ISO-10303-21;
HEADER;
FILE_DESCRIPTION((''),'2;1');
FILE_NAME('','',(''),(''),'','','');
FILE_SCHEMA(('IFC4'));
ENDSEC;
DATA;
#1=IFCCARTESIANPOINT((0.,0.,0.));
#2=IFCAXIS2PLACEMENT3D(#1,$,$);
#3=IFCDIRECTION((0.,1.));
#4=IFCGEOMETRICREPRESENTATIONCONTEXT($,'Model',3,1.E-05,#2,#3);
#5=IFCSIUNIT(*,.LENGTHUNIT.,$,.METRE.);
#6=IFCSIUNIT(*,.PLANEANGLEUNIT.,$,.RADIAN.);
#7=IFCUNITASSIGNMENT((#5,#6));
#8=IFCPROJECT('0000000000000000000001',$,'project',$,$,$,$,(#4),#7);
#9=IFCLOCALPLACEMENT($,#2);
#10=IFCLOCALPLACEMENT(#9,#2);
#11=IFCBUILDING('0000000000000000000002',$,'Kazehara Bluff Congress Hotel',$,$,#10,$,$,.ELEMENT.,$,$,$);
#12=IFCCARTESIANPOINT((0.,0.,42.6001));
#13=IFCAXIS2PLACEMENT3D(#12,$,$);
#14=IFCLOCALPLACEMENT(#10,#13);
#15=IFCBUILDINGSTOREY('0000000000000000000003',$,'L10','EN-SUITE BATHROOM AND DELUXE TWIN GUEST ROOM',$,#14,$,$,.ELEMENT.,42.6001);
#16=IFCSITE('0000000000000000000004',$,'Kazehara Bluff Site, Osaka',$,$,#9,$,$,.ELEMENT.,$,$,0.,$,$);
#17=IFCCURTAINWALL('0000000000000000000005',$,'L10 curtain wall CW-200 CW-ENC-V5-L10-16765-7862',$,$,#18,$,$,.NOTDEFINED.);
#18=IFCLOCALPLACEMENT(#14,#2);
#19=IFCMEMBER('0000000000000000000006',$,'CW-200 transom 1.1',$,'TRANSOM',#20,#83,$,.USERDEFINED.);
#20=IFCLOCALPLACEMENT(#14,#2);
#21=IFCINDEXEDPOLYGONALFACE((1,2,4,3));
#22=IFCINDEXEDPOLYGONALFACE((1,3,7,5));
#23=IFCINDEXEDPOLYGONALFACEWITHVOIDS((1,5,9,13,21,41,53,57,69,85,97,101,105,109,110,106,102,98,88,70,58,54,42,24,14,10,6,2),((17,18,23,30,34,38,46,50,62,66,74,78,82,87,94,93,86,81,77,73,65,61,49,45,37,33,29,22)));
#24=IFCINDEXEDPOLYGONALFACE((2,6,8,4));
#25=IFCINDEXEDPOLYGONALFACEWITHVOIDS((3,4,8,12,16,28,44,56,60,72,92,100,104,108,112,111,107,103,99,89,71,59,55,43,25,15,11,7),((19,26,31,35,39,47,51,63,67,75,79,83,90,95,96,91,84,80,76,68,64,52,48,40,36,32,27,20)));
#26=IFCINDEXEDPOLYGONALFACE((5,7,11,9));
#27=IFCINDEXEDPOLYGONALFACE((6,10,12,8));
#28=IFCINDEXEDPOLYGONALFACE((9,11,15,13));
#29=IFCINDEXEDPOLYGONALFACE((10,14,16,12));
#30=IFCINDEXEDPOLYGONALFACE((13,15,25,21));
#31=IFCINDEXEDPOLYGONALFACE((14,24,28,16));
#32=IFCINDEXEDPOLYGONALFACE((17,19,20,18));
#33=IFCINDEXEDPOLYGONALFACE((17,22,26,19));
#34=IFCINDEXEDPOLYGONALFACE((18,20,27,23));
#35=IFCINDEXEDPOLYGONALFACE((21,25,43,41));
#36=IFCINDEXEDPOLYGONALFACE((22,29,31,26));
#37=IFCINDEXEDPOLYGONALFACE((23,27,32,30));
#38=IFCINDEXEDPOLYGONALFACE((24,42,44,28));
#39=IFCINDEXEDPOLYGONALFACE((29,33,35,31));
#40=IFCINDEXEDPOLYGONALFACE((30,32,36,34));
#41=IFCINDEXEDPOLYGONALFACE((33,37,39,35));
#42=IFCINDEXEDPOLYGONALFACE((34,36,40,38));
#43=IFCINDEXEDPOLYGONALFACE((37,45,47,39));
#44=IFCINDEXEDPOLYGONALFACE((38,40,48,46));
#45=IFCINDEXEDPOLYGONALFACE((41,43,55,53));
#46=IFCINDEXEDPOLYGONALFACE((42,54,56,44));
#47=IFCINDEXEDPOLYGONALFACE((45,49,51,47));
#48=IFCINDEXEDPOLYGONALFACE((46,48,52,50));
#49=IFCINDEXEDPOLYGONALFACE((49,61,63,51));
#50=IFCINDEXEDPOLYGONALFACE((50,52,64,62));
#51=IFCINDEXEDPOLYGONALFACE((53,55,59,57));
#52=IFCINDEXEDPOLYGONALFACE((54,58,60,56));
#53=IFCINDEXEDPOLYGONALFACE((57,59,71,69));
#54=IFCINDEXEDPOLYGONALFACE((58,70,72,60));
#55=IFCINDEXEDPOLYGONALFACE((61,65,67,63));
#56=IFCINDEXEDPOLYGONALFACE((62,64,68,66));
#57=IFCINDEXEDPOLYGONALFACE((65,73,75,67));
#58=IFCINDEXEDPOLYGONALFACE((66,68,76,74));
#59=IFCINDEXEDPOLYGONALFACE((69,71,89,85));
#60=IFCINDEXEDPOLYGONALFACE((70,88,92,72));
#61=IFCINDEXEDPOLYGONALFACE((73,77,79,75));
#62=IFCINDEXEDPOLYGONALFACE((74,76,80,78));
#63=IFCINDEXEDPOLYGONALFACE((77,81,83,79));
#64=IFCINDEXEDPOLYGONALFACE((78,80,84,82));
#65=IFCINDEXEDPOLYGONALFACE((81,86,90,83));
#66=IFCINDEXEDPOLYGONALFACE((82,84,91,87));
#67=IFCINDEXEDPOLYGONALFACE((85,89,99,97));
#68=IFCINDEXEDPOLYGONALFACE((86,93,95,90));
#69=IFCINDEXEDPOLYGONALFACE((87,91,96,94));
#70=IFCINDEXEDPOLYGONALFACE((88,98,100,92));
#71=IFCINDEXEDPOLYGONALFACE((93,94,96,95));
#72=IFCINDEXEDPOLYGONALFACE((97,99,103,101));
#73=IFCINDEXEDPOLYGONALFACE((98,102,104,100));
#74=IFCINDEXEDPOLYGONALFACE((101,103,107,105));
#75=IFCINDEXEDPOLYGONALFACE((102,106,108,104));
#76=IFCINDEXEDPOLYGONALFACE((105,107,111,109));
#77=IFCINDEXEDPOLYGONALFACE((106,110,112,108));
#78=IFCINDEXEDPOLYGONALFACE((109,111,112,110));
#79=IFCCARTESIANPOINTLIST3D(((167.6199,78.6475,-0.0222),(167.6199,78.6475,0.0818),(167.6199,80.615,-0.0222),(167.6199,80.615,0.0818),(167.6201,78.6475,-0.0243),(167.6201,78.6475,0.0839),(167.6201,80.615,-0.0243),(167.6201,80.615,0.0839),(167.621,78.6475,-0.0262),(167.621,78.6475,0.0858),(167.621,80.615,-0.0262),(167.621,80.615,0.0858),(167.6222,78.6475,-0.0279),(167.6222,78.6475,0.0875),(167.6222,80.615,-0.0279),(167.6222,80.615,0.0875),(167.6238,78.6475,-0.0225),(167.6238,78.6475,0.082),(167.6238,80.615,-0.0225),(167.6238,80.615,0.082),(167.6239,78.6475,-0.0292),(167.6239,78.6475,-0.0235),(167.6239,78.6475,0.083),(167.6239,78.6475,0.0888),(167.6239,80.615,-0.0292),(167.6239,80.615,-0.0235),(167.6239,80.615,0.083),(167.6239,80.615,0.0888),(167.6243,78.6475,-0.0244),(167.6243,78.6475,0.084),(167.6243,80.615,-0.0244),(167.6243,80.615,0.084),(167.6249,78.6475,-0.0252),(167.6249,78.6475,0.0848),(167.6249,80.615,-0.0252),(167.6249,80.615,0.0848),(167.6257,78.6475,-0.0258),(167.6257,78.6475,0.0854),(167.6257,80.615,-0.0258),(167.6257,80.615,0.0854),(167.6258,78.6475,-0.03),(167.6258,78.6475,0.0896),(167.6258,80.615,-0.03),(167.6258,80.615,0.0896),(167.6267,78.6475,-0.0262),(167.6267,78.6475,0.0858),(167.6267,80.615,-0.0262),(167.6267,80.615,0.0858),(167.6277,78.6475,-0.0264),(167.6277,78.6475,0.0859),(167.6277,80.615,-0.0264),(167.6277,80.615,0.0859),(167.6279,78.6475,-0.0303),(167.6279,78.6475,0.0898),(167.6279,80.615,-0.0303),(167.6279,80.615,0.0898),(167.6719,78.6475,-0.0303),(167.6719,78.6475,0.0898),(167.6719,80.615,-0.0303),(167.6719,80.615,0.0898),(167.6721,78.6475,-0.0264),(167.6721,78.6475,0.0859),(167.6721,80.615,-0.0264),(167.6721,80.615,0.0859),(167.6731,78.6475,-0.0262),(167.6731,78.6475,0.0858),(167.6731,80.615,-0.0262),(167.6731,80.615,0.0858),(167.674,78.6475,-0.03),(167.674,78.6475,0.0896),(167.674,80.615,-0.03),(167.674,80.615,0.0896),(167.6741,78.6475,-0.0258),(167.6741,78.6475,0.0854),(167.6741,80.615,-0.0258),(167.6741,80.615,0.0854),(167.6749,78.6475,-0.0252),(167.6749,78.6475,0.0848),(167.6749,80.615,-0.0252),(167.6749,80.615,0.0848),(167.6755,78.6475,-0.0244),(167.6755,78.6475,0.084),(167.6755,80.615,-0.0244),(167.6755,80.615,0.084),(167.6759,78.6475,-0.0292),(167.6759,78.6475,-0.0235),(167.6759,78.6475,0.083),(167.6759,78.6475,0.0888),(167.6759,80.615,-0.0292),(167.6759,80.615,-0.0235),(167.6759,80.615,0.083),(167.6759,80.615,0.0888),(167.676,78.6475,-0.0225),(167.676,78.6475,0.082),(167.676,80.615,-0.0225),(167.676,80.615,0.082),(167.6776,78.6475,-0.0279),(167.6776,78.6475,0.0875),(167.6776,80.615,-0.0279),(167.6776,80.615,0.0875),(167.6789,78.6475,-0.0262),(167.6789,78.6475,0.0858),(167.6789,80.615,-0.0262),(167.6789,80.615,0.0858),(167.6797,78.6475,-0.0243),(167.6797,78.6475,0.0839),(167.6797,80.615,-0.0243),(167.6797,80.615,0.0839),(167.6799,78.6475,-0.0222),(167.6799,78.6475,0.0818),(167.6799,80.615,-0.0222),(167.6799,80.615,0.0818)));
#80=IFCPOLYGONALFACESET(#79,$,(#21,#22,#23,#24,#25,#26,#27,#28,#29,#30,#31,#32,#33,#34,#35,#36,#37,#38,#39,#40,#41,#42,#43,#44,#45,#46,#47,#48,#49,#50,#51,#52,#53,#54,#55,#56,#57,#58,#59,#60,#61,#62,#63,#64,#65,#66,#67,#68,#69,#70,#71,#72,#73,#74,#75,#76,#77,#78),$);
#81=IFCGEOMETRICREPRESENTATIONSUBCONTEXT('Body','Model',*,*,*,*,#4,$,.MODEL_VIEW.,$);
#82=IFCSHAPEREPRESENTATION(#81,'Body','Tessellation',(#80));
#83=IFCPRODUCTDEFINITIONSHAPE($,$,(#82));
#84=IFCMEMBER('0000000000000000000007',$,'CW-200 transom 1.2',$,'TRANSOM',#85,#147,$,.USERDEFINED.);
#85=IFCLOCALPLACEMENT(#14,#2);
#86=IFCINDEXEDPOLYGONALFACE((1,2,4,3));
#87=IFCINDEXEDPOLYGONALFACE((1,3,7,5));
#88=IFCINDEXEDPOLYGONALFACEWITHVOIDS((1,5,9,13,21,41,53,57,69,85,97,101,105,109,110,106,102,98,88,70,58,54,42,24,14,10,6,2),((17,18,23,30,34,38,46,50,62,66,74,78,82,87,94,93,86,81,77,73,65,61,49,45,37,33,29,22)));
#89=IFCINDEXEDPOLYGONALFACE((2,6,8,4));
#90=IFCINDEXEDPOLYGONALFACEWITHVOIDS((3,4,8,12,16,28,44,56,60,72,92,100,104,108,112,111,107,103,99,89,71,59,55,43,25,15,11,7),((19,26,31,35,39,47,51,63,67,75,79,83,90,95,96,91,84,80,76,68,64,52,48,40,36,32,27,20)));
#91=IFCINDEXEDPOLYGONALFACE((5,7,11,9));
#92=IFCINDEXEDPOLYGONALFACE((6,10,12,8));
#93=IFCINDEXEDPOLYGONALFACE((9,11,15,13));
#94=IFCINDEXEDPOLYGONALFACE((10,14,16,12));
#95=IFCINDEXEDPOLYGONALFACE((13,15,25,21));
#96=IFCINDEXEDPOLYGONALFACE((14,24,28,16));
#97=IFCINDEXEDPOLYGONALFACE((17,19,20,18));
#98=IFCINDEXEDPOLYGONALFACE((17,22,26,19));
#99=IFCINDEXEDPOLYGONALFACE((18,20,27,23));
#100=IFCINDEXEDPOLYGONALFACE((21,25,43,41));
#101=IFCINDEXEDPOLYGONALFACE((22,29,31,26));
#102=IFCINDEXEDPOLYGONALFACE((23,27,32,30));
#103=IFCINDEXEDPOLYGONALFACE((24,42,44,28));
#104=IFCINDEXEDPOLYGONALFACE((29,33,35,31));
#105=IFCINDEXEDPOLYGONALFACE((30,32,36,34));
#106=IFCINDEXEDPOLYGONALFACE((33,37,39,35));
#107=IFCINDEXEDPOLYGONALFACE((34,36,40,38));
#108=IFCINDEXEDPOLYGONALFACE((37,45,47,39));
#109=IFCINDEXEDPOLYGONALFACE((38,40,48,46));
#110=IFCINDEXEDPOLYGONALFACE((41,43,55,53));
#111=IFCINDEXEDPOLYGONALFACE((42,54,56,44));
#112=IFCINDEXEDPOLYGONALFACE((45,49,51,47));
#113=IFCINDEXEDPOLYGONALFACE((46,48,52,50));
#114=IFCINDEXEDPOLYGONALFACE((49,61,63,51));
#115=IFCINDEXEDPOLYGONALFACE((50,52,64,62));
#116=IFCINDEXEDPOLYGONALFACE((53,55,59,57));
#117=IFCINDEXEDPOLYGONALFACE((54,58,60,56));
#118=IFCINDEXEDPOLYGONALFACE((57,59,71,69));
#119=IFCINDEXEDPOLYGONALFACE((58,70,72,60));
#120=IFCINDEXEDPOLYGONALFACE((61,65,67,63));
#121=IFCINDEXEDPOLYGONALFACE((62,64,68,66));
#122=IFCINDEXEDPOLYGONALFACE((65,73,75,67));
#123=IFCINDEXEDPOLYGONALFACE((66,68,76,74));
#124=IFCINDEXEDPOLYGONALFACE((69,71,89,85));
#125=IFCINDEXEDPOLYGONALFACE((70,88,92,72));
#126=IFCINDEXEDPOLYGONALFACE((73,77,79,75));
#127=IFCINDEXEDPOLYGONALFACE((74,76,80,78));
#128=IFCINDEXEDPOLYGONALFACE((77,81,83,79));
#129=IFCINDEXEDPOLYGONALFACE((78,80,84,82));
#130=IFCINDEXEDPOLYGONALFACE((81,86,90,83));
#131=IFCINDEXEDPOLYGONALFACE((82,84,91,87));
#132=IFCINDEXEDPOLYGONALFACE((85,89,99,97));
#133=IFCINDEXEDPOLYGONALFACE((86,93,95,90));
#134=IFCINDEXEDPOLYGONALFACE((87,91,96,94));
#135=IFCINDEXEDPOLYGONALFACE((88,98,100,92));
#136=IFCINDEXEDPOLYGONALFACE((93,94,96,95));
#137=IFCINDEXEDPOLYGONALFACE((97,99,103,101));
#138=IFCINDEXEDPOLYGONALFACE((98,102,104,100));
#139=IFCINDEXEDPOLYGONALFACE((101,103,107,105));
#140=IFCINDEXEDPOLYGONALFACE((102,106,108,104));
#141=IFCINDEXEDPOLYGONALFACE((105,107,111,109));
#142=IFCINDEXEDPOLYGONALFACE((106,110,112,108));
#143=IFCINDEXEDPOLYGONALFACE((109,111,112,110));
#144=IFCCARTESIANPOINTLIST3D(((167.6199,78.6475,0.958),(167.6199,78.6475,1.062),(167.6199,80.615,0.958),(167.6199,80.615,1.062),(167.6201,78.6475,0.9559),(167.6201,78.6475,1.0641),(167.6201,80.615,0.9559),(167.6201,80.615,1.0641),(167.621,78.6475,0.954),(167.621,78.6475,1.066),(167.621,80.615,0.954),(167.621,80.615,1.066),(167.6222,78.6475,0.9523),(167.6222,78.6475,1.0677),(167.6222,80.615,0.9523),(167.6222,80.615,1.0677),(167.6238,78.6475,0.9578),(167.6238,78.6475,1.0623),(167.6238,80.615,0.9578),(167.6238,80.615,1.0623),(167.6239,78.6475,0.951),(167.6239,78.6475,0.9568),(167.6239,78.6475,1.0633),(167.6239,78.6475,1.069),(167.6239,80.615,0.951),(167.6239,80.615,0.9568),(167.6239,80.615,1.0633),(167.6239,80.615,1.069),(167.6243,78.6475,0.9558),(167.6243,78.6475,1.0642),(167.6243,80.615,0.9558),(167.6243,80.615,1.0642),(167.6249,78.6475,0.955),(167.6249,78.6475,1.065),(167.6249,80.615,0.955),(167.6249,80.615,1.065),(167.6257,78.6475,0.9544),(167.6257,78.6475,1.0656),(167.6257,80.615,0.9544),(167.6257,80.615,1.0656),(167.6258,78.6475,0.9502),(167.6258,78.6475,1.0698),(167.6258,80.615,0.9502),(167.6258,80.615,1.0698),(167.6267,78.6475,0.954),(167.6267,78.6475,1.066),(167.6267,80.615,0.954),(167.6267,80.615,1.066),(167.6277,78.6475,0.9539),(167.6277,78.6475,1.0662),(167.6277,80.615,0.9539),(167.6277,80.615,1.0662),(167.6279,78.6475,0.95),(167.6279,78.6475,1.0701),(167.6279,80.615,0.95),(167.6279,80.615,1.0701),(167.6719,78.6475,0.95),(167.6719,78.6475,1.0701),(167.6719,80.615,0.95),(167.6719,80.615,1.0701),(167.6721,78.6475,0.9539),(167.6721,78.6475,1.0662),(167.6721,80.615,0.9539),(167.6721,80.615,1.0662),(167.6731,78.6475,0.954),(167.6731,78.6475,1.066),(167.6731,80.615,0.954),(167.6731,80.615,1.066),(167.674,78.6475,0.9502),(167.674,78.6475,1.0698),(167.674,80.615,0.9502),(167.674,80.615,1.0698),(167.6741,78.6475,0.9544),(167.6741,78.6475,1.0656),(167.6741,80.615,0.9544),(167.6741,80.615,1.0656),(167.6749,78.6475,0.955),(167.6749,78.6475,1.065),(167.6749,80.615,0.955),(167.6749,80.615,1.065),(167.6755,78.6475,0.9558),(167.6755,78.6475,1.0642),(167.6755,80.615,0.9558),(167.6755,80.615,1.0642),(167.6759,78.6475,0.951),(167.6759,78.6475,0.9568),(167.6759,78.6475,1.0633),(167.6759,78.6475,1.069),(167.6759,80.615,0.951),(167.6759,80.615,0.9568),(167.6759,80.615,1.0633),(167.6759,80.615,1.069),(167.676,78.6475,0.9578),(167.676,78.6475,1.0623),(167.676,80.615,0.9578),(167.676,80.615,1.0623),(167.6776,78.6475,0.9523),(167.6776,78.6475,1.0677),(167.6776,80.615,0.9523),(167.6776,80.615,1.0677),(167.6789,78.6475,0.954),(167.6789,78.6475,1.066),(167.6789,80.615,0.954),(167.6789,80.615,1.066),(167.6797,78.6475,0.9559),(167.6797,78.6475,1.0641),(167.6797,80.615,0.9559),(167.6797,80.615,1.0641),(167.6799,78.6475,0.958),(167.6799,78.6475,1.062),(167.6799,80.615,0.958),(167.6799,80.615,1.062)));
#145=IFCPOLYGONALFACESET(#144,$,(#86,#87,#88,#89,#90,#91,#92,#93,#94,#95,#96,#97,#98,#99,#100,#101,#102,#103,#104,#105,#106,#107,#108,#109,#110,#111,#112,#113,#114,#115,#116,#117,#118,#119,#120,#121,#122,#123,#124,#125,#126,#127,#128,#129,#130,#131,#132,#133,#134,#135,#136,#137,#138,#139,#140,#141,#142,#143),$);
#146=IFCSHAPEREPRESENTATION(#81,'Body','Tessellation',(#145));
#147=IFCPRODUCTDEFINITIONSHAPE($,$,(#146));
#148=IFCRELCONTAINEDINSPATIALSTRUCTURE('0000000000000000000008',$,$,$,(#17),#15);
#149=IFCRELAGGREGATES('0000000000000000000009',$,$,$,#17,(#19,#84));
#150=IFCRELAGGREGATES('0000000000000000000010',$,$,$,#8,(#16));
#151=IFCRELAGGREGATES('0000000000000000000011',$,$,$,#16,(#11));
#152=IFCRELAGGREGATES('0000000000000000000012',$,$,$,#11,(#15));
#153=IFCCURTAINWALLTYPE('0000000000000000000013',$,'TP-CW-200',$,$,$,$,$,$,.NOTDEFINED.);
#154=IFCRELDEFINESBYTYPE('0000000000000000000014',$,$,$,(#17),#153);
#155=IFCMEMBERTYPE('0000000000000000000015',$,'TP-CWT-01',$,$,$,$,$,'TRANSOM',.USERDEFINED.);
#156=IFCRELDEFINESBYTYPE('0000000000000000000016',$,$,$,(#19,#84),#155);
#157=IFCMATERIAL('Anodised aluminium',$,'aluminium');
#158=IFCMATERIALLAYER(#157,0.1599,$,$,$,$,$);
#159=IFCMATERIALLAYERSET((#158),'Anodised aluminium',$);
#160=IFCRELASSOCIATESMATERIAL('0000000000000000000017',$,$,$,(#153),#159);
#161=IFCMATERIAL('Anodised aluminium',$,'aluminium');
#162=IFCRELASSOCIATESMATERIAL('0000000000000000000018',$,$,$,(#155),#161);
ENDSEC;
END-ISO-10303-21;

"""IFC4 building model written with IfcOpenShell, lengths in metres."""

from ifc_helpers import new_model, si_unit, direction, frame, origin, origin_2d, place, context, subcontext, project, spatial, hollow_rectangle, extrude, material, layer, layer_set, material_profile, profile_set, type_object, element, aggregate, save


model = new_model("IFC4")

# Units and contexts
model_context = context("Model", 3, precision=1e-05, world=origin(), true_north=direction((0.0, 1.0)))
body_context = subcontext(model_context, "Body", "Model", "MODEL_VIEW")
ifc_project = project(units=[si_unit("LENGTHUNIT", "METRE"), si_unit("PLANEANGLEUNIT", "RADIAN")], contexts=[model_context])

# Site, building, storey
site_placement = place(None, origin())
site = spatial("IfcSite", under=ifc_project, at=site_placement, Name="Kazehara Bluff Site, Osaka", CompositionType="ELEMENT", RefElevation=0.0)
building_placement = place(site_placement, origin())
building = spatial("IfcBuilding", under=site, at=building_placement, Name="Kazehara Bluff Congress Hotel", CompositionType="ELEMENT")
storey_placement = place(building_placement, frame((0.0, 0.0, 42.6001)))
storey = spatial("IfcBuildingStorey", under=building, at=storey_placement, Name="L10", Description="EN-SUITE BATHROOM AND DELUXE TWIN GUEST ROOM", CompositionType="ELEMENT", Elevation=42.6001)

# Curtain wall
ifc_material_1 = material(Name="Anodised aluminium", Category="aluminium")
ifc_layer_1 = layer(ifc_material_1, 0.1599)
ifc_layer_set_1 = layer_set([ifc_layer_1], Name="Anodised aluminium")
curtain_wall_type_1 = type_object("IfcCurtainWallType", Name="TP-CW-200", PredefinedType="NOTDEFINED", material=ifc_layer_set_1)
curtain_wall_1_placement = place(storey_placement, origin())
curtain_wall_1 = element("IfcCurtainWall", 1, at=curtain_wall_1_placement, inside=storey, type_object=curtain_wall_type_1, Name="L10 curtain wall CW-200 CW-ENC-V5-L10-16765-7862", PredefinedType="NOTDEFINED")

# Members
ifc_material_2 = material(Name="Anodised aluminium", Category="aluminium")
ifc_material_profile_1 = material_profile(ifc_material_2, hollow_rectangle(XDim=0.0601, YDim=0.1201, WallThickness=0.0039, InnerFilletRadius=0.0039, OuterFilletRadius=0.0081, at=origin_2d()))
ifc_profile_set_1 = profile_set([ifc_material_profile_1], Name="Anodised aluminium")
member_type_1 = type_object("IfcMemberType", Name="TP-CWT-01", ElementType="TRANSOM", PredefinedType="USERDEFINED", material=ifc_profile_set_1)
member_1_placement = place(storey_placement, frame((167.6499, 80.615, 0.0298), z_axis=(0.0, -1.0, 0.0), x_axis=(1.0, 0.0, 0.0)))
member_1 = element("IfcMember", 2, at=member_1_placement, type_object=member_type_1, Name="CW-200 transom 1.1", ObjectType="TRANSOM", PredefinedType="USERDEFINED", context=body_context, shape_type="SweptSolid", body=[
    extrude(hollow_rectangle(XDim=0.0601, YDim=0.1201, WallThickness=0.0039, InnerFilletRadius=0.0039, OuterFilletRadius=0.0081, at=origin_2d()), origin(), (0.0, 0.0, 1.0), 1.9675),
])
member_2_placement = place(storey_placement, frame((167.6499, 80.615, 1.01), z_axis=(0.0, -1.0, 0.0), x_axis=(1.0, 0.0, 0.0)))
member_2 = element("IfcMember", 3, at=member_2_placement, type_object=member_type_1, Name="CW-200 transom 1.2", ObjectType="TRANSOM", PredefinedType="USERDEFINED", context=body_context, shape_type="SweptSolid", body=[
    extrude(hollow_rectangle(XDim=0.0601, YDim=0.1201, WallThickness=0.0039, InnerFilletRadius=0.0039, OuterFilletRadius=0.0081, at=origin_2d()), origin(), (0.0, 0.0, 1.0), 1.9675),
])

aggregate(curtain_wall_1, [member_1, member_2])

save(model, "model.ifc")
